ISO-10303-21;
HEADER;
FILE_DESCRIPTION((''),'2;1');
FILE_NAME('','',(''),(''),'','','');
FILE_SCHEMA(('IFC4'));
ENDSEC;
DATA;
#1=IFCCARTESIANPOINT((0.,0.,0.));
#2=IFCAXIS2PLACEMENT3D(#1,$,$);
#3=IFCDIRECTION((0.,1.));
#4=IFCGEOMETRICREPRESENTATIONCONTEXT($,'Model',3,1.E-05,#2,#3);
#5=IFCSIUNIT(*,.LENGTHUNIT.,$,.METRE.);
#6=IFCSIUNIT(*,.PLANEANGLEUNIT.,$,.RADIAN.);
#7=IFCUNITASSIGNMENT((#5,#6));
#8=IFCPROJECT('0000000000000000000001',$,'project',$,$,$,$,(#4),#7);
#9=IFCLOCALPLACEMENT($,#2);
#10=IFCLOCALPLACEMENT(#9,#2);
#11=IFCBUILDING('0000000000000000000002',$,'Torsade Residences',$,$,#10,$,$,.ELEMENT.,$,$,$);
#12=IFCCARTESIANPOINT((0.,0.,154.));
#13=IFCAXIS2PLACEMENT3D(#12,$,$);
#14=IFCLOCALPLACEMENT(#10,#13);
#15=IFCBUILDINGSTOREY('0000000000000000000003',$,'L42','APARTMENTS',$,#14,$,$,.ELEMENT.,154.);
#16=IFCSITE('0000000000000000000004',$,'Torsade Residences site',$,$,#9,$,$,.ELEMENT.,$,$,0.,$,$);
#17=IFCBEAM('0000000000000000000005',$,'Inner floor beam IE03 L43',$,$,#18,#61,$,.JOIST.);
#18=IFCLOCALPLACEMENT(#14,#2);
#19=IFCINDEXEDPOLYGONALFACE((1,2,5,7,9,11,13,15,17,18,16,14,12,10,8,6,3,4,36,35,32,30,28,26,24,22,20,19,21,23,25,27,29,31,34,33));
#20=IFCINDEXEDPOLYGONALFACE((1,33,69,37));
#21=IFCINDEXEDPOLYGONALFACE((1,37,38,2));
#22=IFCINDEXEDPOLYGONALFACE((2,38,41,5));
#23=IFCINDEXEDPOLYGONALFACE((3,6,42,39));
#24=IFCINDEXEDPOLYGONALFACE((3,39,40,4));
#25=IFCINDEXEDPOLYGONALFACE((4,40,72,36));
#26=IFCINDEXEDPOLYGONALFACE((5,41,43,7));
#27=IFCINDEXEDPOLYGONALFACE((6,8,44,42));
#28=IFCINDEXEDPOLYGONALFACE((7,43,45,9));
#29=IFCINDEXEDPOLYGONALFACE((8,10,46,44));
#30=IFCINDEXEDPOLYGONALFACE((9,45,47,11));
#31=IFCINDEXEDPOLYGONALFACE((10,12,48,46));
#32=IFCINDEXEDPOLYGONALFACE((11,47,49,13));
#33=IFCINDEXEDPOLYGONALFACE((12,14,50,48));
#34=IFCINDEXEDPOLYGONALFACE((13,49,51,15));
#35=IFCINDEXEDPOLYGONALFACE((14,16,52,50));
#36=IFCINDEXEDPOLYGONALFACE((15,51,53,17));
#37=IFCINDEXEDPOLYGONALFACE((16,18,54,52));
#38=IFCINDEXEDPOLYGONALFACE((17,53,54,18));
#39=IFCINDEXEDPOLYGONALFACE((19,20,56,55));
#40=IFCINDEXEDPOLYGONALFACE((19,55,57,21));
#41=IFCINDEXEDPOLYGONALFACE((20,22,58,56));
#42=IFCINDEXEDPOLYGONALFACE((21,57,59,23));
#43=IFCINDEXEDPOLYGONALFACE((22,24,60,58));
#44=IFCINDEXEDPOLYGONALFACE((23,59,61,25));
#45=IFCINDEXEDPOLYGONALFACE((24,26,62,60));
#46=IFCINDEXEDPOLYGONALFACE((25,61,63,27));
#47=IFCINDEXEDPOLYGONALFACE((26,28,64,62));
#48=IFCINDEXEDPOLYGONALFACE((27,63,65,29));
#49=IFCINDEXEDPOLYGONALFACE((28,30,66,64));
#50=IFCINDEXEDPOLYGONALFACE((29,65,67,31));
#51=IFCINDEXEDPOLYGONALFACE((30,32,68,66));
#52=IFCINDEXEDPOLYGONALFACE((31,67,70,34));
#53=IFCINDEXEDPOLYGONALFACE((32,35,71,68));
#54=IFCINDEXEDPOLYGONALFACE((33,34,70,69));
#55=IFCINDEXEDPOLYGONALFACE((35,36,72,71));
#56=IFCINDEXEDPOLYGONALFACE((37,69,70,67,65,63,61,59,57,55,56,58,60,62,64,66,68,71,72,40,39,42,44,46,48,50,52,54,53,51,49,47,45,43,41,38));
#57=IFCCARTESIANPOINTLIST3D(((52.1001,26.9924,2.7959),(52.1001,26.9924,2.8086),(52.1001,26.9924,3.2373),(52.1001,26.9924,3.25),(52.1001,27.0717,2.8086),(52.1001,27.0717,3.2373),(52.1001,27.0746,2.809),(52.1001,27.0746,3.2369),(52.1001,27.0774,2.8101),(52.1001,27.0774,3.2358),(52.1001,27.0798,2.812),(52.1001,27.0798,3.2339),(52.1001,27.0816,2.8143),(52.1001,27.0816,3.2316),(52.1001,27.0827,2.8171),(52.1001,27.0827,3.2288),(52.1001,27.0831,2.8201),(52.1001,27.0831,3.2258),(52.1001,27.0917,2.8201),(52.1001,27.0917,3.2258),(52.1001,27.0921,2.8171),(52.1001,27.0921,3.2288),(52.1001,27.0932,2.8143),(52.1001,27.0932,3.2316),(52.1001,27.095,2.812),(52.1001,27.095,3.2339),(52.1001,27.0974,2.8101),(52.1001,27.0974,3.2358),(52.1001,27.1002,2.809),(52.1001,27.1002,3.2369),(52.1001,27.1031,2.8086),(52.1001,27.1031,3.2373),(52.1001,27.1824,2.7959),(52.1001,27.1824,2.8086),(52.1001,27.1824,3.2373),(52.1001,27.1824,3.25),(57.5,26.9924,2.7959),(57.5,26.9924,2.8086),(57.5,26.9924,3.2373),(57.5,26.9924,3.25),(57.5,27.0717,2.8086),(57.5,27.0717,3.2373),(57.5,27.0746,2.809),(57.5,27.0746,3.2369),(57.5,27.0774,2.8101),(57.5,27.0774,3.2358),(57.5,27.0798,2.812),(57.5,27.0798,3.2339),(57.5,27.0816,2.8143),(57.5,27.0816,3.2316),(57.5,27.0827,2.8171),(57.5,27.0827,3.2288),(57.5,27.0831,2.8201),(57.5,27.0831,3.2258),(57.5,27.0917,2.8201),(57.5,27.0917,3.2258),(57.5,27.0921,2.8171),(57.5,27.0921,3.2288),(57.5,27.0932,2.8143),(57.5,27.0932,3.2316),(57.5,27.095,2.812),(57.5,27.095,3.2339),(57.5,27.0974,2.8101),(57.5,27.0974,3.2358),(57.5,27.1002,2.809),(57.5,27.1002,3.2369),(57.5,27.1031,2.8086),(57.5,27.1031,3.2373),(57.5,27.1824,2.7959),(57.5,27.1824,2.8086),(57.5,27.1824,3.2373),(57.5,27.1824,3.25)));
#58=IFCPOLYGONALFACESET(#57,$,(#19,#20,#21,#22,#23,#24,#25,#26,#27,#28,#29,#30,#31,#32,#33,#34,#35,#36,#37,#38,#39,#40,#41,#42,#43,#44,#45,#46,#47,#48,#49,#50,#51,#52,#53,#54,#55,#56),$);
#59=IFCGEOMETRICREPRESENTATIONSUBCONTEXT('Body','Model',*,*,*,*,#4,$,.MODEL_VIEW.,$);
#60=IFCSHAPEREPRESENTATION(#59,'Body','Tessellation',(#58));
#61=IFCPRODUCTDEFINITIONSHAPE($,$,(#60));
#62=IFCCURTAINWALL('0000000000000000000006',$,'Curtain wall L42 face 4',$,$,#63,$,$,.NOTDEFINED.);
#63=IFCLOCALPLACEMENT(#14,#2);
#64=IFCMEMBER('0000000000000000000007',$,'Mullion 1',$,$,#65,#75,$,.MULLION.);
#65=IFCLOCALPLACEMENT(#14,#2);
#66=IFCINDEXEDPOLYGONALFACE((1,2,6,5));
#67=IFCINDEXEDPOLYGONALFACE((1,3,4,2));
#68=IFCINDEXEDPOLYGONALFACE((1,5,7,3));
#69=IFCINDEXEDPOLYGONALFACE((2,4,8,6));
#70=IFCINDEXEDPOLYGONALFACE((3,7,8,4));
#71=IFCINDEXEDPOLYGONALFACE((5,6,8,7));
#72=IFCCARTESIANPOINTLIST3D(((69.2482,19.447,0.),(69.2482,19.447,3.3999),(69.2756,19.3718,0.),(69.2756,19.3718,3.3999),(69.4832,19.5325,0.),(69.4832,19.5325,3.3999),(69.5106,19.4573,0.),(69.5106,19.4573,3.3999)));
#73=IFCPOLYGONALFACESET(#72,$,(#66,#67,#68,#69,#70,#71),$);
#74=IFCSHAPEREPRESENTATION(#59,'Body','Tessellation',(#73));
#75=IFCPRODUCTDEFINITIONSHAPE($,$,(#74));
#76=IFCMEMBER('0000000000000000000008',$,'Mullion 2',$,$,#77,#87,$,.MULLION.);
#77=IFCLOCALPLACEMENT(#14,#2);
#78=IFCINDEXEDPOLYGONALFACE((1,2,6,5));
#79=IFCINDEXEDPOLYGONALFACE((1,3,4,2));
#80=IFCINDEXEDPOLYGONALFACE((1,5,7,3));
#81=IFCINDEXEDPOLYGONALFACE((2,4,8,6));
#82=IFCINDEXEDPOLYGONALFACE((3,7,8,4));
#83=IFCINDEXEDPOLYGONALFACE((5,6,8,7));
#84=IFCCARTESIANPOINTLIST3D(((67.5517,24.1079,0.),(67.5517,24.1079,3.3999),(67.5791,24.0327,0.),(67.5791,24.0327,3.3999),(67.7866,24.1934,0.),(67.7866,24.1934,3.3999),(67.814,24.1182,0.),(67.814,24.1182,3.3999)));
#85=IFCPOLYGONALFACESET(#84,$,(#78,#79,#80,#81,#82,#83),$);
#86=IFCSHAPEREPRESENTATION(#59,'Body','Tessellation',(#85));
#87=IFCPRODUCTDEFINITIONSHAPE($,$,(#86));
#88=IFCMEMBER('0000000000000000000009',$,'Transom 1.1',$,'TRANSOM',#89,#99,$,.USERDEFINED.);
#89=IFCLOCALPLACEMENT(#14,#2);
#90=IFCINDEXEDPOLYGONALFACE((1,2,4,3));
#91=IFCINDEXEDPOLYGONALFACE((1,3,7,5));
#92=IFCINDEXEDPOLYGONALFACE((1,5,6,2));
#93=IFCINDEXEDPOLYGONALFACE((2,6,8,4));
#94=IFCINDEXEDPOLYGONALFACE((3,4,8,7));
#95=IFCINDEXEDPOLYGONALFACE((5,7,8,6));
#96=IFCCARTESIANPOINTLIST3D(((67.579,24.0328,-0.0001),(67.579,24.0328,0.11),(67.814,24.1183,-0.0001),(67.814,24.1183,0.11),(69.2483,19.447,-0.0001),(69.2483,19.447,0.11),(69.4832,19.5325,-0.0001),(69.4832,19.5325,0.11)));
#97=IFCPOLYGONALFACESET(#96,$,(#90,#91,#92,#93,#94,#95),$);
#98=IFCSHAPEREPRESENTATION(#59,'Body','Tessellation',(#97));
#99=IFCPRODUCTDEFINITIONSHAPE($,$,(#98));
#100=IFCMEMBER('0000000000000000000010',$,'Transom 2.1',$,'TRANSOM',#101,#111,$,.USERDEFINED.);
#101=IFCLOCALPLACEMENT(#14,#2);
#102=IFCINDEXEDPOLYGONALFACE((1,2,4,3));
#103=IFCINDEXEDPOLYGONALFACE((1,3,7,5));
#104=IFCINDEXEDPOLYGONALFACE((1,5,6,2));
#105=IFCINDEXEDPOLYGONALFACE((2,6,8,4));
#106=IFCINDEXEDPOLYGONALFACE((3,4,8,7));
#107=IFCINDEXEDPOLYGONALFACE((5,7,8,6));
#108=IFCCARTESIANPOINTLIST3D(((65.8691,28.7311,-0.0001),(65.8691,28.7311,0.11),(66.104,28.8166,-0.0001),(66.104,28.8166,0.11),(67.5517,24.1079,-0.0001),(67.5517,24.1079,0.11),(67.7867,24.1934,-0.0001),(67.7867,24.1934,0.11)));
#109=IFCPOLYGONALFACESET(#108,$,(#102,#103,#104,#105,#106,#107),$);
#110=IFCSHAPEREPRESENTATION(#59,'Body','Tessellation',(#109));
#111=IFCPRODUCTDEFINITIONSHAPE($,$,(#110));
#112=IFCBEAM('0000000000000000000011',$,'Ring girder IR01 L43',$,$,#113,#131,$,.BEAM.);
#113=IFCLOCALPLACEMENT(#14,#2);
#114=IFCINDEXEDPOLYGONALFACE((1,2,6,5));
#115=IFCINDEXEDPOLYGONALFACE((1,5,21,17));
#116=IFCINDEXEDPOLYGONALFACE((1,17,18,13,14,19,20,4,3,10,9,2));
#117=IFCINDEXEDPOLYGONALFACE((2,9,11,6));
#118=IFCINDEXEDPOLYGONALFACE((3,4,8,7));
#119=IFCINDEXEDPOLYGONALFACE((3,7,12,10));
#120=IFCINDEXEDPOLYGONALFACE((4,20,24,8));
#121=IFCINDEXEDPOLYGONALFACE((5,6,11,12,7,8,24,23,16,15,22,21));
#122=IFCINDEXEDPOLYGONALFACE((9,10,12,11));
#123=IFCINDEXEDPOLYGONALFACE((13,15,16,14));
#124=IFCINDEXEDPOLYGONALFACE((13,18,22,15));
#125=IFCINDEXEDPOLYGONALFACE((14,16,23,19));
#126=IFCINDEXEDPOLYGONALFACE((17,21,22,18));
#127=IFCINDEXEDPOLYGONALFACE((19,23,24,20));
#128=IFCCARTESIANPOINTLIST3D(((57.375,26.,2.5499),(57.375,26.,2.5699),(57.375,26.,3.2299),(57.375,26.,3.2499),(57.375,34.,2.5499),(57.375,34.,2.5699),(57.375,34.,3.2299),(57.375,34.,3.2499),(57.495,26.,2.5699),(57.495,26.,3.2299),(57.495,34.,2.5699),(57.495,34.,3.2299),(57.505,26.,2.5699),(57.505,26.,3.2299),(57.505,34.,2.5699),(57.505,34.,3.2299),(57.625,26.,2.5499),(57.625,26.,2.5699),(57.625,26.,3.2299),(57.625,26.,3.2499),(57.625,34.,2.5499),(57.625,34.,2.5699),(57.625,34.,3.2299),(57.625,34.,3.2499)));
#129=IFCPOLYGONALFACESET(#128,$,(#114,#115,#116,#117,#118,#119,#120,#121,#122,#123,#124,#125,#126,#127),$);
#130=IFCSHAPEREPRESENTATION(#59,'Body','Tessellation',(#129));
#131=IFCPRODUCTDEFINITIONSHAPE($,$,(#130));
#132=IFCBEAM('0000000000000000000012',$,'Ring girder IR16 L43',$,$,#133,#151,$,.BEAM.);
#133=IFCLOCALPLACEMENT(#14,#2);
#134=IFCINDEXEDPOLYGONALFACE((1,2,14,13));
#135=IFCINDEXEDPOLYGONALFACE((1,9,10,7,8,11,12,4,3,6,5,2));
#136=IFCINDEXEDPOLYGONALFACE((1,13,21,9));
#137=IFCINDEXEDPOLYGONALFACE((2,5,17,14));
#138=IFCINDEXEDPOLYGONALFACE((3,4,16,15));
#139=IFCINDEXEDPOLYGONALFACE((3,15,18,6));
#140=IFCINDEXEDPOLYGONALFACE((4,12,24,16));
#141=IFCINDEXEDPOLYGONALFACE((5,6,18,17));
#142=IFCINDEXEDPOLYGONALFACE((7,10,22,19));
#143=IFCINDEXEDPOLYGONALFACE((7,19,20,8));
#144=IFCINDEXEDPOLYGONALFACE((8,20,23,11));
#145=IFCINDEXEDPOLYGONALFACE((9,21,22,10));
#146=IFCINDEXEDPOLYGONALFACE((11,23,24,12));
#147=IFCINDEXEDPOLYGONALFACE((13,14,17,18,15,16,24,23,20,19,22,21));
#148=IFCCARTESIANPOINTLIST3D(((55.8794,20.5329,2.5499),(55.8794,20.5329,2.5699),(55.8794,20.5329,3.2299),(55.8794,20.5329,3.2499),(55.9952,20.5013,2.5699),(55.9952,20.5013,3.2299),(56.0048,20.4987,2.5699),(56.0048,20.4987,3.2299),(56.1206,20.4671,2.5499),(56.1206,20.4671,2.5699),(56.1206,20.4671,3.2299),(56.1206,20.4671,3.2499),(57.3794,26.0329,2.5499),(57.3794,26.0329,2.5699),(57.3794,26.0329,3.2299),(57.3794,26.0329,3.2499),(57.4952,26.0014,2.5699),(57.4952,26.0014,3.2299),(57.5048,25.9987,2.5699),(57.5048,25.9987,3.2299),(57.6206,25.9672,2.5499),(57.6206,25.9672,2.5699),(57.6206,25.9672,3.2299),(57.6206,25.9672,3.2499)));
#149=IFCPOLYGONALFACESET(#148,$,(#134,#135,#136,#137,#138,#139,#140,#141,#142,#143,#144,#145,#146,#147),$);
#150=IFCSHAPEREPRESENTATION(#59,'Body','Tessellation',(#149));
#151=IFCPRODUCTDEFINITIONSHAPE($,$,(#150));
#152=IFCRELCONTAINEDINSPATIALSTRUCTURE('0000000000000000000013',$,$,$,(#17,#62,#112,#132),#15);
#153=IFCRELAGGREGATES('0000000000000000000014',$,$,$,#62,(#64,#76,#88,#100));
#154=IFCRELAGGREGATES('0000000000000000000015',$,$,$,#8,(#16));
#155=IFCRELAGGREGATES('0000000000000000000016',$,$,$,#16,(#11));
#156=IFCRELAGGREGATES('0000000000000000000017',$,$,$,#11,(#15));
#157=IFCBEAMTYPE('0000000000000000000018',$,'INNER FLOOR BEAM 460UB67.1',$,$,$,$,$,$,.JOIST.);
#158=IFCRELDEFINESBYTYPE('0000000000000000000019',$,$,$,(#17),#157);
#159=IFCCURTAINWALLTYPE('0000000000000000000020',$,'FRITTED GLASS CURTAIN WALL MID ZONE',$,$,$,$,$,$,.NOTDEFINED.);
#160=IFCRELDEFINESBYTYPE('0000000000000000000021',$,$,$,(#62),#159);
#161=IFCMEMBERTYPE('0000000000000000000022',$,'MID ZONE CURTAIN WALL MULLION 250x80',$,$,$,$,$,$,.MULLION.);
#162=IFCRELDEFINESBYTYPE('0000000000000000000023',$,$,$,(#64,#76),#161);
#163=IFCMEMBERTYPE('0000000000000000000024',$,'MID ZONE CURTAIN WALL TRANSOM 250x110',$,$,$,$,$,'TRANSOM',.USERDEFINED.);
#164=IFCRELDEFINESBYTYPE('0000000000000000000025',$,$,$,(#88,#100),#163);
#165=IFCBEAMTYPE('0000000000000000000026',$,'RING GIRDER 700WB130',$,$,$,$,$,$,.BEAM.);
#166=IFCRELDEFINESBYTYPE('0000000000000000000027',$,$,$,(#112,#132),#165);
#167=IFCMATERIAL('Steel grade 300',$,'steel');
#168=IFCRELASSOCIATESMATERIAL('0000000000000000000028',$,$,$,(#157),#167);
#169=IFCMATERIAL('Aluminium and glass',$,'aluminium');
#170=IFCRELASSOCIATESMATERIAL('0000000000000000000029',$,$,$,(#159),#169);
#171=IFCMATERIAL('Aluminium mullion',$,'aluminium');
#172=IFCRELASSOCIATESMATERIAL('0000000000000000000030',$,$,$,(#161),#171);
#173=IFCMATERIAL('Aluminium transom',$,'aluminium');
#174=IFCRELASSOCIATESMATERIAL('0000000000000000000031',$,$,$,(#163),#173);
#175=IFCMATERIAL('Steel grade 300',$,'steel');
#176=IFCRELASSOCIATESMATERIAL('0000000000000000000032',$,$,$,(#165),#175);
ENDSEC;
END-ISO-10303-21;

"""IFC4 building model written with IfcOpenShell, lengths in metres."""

from ifc_helpers import new_model, si_unit, direction, frame, origin, origin_2d, place, context, subcontext, project, spatial, rectangle, i_section, extrude, material, material_profile, profile_set, type_object, element, aggregate, save


model = new_model("IFC4")

# Units and contexts
model_context = context("Model", 3, precision=1e-05, world=origin(), true_north=direction((0.0, 1.0)))
body_context = subcontext(model_context, "Body", "Model", "MODEL_VIEW")
ifc_project = project(units=[si_unit("LENGTHUNIT", "METRE"), si_unit("PLANEANGLEUNIT", "RADIAN")], contexts=[model_context])

# Site, building, storey
site_placement = place(None, origin())
site = spatial("IfcSite", under=ifc_project, at=site_placement, Name="Torsade Residences site", CompositionType="ELEMENT", RefElevation=0.0)
building_placement = place(site_placement, origin())
building = spatial("IfcBuilding", under=site, at=building_placement, Name="Torsade Residences", CompositionType="ELEMENT")
storey_placement = place(building_placement, frame((0.0, 0.0, 154.0)))
storey = spatial("IfcBuildingStorey", under=building, at=storey_placement, Name="L42", Description="APARTMENTS", CompositionType="ELEMENT", Elevation=154.0)

# Beam
ifc_material_1 = material(Name="Steel grade 300", Category="steel")
ifc_material_profile_1 = material_profile(ifc_material_1, i_section(OverallWidth=0.1899, OverallDepth=0.4541, WebThickness=0.0085, FlangeThickness=0.0127, FilletRadius=0.0115, at=origin_2d()), Name="460UB67.1")
ifc_profile_set_1 = profile_set([ifc_material_profile_1], Name="Steel grade 300")
beam_type_1 = type_object("IfcBeamType", Name="INNER FLOOR BEAM 460UB67.1", PredefinedType="JOIST", material=ifc_profile_set_1)
beam_1_placement = place(storey_placement, frame((52.1001, 27.0874, 3.0229), z_axis=(1.0, 0.0, 0.0), x_axis=(0.0, 1.0, 0.0)))
element("IfcBeam", 1, at=beam_1_placement, inside=storey, type_object=beam_type_1, Name="Inner floor beam IE03 L43", PredefinedType="JOIST", context=body_context, shape_type="SweptSolid", body=[
    extrude(i_section(OverallWidth=0.1899, OverallDepth=0.4541, WebThickness=0.0085, FlangeThickness=0.0127, FilletRadius=0.0115, at=origin_2d()), origin(), (0.0, 0.0, 1.0), 5.3999),
])

# Curtain wall, members
ifc_material_2 = material(Name="Aluminium and glass", Category="aluminium")
curtain_wall_type = type_object("IfcCurtainWallType", Name="FRITTED GLASS CURTAIN WALL MID ZONE", PredefinedType="NOTDEFINED", material=ifc_material_2)
curtain_wall_placement = place(storey_placement, origin())
curtain_wall = element("IfcCurtainWall", 2, at=curtain_wall_placement, inside=storey, type_object=curtain_wall_type, Name="Curtain wall L42 face 4", PredefinedType="NOTDEFINED")
ifc_material_3 = material(Name="Aluminium mullion", Category="aluminium")
ifc_material_profile_2 = material_profile(ifc_material_3, rectangle(XDim=0.25, YDim=0.0801, at=origin_2d()), Name="MID ZONE CURTAIN WALL MULLION 250x80")
ifc_profile_set_2 = profile_set([ifc_material_profile_2], Name="Aluminium mullion")
member_type_1 = type_object("IfcMemberType", Name="MID ZONE CURTAIN WALL MULLION 250x80", PredefinedType="MULLION", material=ifc_profile_set_2)
member_1_placement = place(storey_placement, frame((69.3794, 19.4521, 0.0), z_axis=(0.0, 0.0, 1.0), x_axis=(-0.939693, -0.34202, 0.0)))
member_1 = element("IfcMember", 3, at=member_1_placement, type_object=member_type_1, Name="Mullion 1", PredefinedType="MULLION", context=body_context, shape_type="SweptSolid", body=[
    extrude(rectangle(XDim=0.25, YDim=0.0801, at=origin_2d()), origin(), (0.0, 0.0, 1.0), 3.3999),
])
member_2_placement = place(storey_placement, frame((67.6829, 24.113, 0.0), z_axis=(0.0, 0.0, 1.0), x_axis=(-0.939693, -0.34202, 0.0)))
member_2 = element("IfcMember", 4, at=member_2_placement, type_object=member_type_1, Name="Mullion 2", PredefinedType="MULLION", context=body_context, shape_type="SweptSolid", body=[
    extrude(rectangle(XDim=0.25, YDim=0.0801, at=origin_2d()), origin(), (0.0, 0.0, 1.0), 3.3999),
])
ifc_material_4 = material(Name="Aluminium transom", Category="aluminium")
ifc_material_profile_3 = material_profile(ifc_material_4, rectangle(XDim=0.25, YDim=0.1101, at=origin_2d()), Name="MID ZONE CURTAIN WALL TRANSOM 250x110")
ifc_profile_set_3 = profile_set([ifc_material_profile_3], Name="Aluminium transom")
member_type_2 = type_object("IfcMemberType", Name="MID ZONE CURTAIN WALL TRANSOM 250x110", ElementType="TRANSOM", PredefinedType="USERDEFINED", material=ifc_profile_set_3)
member_3_placement = place(storey_placement, frame((69.3657, 19.4897, 0.0549), z_axis=(-0.342044, 0.939684, 0.0), x_axis=(-0.939684, -0.342044, 0.0)))
member_3 = element("IfcMember", 5, at=member_3_placement, type_object=member_type_2, Name="Transom 1.1", ObjectType="TRANSOM", PredefinedType="USERDEFINED", context=body_context, shape_type="SweptSolid", body=[
    extrude(rectangle(XDim=0.25, YDim=0.1101, at=origin_2d()), origin(), (0.0, 0.0, 1.0), 4.8801),
])
member_4_placement = place(storey_placement, frame((67.6692, 24.1506, 0.0549), z_axis=(-0.341998, 0.939701, 0.0), x_axis=(-0.939701, -0.341998, 0.0)))
member_4 = element("IfcMember", 6, at=member_4_placement, type_object=member_type_2, Name="Transom 2.1", ObjectType="TRANSOM", PredefinedType="USERDEFINED", context=body_context, shape_type="SweptSolid", body=[
    extrude(rectangle(XDim=0.25, YDim=0.1101, at=origin_2d()), origin(), (0.0, 0.0, 1.0), 4.9199),
])

# Beams
ifc_material_5 = material(Name="Steel grade 300", Category="steel")
ifc_material_profile_4 = material_profile(ifc_material_5, i_section(OverallWidth=0.25, OverallDepth=0.7, WebThickness=0.01, FlangeThickness=0.02, at=origin_2d()), Name="700WB130")
ifc_profile_set_4 = profile_set([ifc_material_profile_4], Name="Steel grade 300")
beam_type_2 = type_object("IfcBeamType", Name="RING GIRDER 700WB130", PredefinedType="BEAM", material=ifc_profile_set_4)
beam_2_placement = place(storey_placement, frame((57.5, 26.0, 2.8999), z_axis=(0.0, 1.0, 0.0), x_axis=(-1.0, 0.0, 0.0)))
element("IfcBeam", 7, at=beam_2_placement, inside=storey, type_object=beam_type_2, Name="Ring girder IR01 L43", PredefinedType="BEAM", context=body_context, shape_type="SweptSolid", body=[
    extrude(i_section(OverallWidth=0.25, OverallDepth=0.7, WebThickness=0.01, FlangeThickness=0.02, at=origin_2d()), origin(), (0.0, 0.0, 1.0), 8.0),
])
beam_3_placement = place(storey_placement, frame((56.0, 20.5, 2.8999), z_axis=(0.263117, 0.964764, 0.0), x_axis=(-0.964764, 0.263117, 0.0)))
element("IfcBeam", 8, at=beam_3_placement, inside=storey, type_object=beam_type_2, Name="Ring girder IR16 L43", PredefinedType="BEAM", context=body_context, shape_type="SweptSolid", body=[
    extrude(i_section(OverallWidth=0.25, OverallDepth=0.7, WebThickness=0.01, FlangeThickness=0.02, at=origin_2d()), origin(), (0.0, 0.0, 1.0), 5.7009),
])

aggregate(curtain_wall, [member_1, member_2, member_3, member_4])

save(model, "model.ifc")
